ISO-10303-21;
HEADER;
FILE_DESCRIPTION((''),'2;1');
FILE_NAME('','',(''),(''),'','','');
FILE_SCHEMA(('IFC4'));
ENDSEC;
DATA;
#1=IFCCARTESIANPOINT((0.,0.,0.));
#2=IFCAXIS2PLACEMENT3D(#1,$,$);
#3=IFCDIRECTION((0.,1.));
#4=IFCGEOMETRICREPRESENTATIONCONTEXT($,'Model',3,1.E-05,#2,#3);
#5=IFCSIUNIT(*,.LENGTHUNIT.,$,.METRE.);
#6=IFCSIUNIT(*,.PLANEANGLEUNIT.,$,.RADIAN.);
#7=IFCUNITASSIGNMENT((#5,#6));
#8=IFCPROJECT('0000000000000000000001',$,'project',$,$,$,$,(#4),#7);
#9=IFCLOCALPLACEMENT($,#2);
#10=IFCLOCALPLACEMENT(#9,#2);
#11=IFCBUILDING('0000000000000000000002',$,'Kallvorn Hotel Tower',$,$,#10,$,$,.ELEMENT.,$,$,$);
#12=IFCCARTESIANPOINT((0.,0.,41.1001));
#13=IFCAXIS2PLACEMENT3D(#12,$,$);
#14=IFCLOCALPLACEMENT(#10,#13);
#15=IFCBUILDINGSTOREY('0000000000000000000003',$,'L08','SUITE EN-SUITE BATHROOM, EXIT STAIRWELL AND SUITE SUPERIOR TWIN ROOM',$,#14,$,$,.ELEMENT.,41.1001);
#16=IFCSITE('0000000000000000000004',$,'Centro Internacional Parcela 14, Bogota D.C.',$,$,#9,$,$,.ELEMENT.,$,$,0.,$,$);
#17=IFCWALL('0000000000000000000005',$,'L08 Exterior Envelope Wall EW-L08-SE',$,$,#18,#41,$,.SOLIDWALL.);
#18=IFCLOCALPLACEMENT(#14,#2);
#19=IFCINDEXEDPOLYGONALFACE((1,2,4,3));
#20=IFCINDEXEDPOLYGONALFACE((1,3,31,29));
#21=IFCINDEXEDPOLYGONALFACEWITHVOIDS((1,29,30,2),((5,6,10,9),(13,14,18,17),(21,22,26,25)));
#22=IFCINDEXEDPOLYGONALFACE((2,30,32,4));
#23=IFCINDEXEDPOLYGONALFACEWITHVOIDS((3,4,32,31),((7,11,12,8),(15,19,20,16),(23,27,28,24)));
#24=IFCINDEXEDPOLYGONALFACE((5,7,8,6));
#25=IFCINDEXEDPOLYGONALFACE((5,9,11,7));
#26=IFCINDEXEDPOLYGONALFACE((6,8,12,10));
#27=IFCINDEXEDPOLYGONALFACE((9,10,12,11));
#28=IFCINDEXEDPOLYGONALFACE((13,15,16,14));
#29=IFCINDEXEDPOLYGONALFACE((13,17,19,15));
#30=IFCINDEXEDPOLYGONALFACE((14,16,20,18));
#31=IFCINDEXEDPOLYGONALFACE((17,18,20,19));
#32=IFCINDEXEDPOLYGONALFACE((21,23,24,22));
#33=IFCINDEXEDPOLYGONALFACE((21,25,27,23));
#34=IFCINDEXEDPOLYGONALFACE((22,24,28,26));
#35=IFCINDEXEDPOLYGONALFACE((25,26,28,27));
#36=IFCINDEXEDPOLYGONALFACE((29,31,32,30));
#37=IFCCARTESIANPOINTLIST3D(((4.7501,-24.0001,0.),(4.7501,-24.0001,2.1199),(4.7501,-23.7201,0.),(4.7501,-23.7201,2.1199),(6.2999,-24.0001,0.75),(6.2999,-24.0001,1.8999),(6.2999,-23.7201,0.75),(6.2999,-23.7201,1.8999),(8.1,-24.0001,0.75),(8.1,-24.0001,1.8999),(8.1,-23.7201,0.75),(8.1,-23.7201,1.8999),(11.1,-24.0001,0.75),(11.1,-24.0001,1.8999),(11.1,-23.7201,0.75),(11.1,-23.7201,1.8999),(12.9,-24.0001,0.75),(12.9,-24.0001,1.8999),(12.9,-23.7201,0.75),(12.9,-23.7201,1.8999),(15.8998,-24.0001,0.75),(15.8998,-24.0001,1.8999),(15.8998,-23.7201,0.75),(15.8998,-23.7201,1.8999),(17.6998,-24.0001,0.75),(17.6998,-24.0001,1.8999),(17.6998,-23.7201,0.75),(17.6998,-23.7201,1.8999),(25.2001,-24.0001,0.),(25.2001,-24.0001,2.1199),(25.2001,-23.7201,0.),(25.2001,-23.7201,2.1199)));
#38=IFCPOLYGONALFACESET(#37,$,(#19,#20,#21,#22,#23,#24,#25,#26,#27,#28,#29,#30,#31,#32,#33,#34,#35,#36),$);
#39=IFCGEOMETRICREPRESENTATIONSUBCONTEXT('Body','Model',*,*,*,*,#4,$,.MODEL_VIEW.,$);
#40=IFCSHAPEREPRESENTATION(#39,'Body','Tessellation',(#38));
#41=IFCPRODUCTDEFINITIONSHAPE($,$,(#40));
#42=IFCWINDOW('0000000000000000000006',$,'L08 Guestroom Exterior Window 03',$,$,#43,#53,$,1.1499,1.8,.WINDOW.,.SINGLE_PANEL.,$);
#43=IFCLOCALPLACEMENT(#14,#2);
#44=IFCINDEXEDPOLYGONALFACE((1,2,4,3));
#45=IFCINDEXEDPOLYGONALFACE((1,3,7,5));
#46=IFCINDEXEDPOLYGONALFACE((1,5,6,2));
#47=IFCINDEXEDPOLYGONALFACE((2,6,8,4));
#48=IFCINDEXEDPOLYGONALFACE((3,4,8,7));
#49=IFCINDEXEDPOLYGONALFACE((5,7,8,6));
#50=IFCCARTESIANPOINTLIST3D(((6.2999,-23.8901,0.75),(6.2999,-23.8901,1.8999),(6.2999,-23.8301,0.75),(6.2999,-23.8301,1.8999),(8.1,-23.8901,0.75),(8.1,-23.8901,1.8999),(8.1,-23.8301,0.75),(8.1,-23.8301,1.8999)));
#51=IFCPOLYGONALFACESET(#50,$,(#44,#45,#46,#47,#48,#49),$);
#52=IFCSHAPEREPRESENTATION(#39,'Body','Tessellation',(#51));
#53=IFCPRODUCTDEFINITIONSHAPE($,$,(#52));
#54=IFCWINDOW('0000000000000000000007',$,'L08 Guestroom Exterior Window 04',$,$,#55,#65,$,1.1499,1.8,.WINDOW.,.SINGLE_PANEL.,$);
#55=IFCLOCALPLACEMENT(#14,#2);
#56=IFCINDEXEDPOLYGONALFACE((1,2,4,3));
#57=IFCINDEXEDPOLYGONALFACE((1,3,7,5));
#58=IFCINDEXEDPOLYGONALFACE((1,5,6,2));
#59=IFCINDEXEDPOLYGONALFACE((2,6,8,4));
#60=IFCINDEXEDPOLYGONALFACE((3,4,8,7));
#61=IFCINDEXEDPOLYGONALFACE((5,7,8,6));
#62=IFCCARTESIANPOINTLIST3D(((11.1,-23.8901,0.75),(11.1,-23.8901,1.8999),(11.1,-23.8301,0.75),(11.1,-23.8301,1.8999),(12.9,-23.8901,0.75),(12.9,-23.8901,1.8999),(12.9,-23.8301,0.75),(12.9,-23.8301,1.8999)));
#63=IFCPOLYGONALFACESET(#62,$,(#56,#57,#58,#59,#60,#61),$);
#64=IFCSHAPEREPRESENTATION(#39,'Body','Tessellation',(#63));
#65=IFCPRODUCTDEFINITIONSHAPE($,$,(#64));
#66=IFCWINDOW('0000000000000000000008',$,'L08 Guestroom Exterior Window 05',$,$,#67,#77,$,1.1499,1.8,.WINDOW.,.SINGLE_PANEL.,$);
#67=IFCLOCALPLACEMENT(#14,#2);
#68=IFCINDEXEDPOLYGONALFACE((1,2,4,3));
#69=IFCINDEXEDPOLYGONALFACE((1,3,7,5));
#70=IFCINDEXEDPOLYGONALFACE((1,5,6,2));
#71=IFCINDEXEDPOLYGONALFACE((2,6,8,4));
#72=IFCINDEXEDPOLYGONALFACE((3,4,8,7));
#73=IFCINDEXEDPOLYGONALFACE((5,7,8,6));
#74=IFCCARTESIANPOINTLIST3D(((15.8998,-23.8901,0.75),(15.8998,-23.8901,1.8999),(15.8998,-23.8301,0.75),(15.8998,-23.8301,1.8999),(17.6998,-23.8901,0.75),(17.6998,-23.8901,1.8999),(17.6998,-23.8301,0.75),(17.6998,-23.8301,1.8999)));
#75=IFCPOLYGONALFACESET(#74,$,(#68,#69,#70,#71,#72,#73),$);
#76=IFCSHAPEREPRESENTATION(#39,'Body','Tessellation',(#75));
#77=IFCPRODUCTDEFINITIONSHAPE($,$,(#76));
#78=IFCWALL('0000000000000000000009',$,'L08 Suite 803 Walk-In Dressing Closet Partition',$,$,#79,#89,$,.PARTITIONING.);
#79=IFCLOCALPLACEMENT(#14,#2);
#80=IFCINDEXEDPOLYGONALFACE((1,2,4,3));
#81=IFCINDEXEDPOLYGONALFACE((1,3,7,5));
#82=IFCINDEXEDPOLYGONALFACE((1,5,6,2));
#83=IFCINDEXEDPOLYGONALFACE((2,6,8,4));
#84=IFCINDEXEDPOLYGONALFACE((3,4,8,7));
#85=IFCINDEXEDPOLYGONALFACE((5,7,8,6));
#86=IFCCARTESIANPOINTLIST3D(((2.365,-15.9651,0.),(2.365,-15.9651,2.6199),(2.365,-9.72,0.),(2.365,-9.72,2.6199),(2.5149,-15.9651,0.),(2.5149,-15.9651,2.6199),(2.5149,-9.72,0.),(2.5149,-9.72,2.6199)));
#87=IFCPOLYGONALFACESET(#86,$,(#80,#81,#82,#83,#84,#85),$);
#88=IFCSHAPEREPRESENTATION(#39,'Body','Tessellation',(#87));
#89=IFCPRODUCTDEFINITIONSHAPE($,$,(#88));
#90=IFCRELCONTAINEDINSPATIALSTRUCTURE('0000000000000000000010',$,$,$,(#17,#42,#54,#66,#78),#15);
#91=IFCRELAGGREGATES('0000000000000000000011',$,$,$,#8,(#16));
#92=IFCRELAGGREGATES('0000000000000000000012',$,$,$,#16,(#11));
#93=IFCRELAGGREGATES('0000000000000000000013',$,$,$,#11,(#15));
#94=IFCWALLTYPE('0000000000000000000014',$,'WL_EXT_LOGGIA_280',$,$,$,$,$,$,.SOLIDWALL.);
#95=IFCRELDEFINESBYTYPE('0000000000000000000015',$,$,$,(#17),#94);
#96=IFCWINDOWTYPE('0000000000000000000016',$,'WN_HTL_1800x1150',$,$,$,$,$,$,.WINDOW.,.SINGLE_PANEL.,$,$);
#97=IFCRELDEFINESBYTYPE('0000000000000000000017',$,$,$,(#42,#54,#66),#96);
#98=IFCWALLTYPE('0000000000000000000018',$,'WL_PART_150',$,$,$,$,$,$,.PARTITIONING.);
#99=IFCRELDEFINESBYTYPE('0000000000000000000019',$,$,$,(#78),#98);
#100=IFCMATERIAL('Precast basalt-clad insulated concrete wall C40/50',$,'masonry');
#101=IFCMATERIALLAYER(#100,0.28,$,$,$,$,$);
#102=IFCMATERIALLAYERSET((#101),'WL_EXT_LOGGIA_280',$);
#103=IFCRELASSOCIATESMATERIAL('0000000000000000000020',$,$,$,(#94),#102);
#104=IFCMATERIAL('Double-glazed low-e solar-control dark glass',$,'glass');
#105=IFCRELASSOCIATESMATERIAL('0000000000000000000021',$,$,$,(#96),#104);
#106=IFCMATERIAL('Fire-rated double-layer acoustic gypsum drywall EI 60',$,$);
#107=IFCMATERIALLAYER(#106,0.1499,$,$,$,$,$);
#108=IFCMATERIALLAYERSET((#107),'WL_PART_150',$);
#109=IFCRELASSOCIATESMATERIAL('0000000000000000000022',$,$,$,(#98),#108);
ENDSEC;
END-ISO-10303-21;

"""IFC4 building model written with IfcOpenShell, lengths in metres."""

from ifc_helpers import new_model, si_unit, direction, frame, frame_2d, origin, place, context, subcontext, project, spatial, rectangle, extrude, material, layer, layer_set, type_object, element, fill, save


model = new_model("IFC4")

# Units and contexts
model_context = context("Model", 3, precision=1e-05, world=origin(), true_north=direction((0.0, 1.0)))
body_context = subcontext(model_context, "Body", "Model", "MODEL_VIEW")
ifc_project = project(units=[si_unit("LENGTHUNIT", "METRE"), si_unit("PLANEANGLEUNIT", "RADIAN")], contexts=[model_context])

# Site, building, storey
site_placement = place(None, origin())
site = spatial("IfcSite", under=ifc_project, at=site_placement, Name="Centro Internacional Parcela 14, Bogota D.C.", CompositionType="ELEMENT", RefElevation=0.0)
building_placement = place(site_placement, origin())
building = spatial("IfcBuilding", under=site, at=building_placement, Name="Kallvorn Hotel Tower", CompositionType="ELEMENT")
storey_placement = place(building_placement, frame((0.0, 0.0, 41.1001)))
storey = spatial("IfcBuildingStorey", under=building, at=storey_placement, Name="L08", Description="SUITE EN-SUITE BATHROOM, EXIT STAIRWELL AND SUITE SUPERIOR TWIN ROOM", CompositionType="ELEMENT", Elevation=41.1001)

# Wall, openings, windows
ifc_material_1 = material(Name="Precast basalt-clad insulated concrete wall C40/50", Category="masonry")
ifc_layer_1 = layer(ifc_material_1, 0.28)
ifc_layer_set_1 = layer_set([ifc_layer_1], Name="WL_EXT_LOGGIA_280")
wall_type_1 = type_object("IfcWallType", Name="WL_EXT_LOGGIA_280", PredefinedType="SOLIDWALL", material=ifc_layer_set_1)
wall_1_placement = place(storey_placement, frame((4.75, -23.8601, 0.0), z_axis=(0.0, 0.0, 1.0), x_axis=(1.0, 0.0, 0.0)))
wall_1 = element("IfcWall", 1, at=wall_1_placement, inside=storey, type_object=wall_type_1, Name="L08 Exterior Envelope Wall EW-L08-SE", PredefinedType="SOLIDWALL", context=body_context, shape_type="SweptSolid", body=[
    extrude(rectangle(XDim=20.45, YDim=0.28, at=frame_2d((10.2251, 0.0))), origin(), (0.0, 0.0, 1.0), 2.1199),
])
opening_1_placement = place(wall_1_placement, frame((1.55, 0.0, 0.75)))
opening_1 = element("IfcOpeningElement", 2, at=opening_1_placement, cuts=wall_1, PredefinedType="OPENING", context=body_context, shape_type="SweptSolid", body=[
    extrude(rectangle(XDim=1.8, YDim=1.1499, at=frame_2d((0.8999, 0.575))), frame((0.0, 0.155, 0.0), z_axis=(0.0, -1.0, 0.0), x_axis=(1.0, 0.0, 0.0)), (0.0, 0.0, 1.0), 0.3101),
])
opening_2_placement = place(wall_1_placement, frame((6.3501, 0.0, 0.75)))
opening_2 = element("IfcOpeningElement", 3, at=opening_2_placement, cuts=wall_1, PredefinedType="OPENING", context=body_context, shape_type="SweptSolid", body=[
    extrude(rectangle(XDim=1.8, YDim=1.1499, at=frame_2d((0.8999, 0.575))), frame((0.0, 0.155, 0.0), z_axis=(0.0, -1.0, 0.0), x_axis=(1.0, 0.0, 0.0)), (0.0, 0.0, 1.0), 0.3101),
])
opening_3_placement = place(wall_1_placement, frame((11.1499, 0.0, 0.75)))
opening_3 = element("IfcOpeningElement", 4, at=opening_3_placement, cuts=wall_1, PredefinedType="OPENING", context=body_context, shape_type="SweptSolid", body=[
    extrude(rectangle(XDim=1.8, YDim=1.1499, at=frame_2d((0.8999, 0.575))), frame((0.0, 0.155, 0.0), z_axis=(0.0, -1.0, 0.0), x_axis=(1.0, 0.0, 0.0)), (0.0, 0.0, 1.0), 0.3101),
])
ifc_material_2 = material(Name="Double-glazed low-e solar-control dark glass", Category="glass")
window_type = type_object("IfcWindowType", Name="WN_HTL_1800x1150", PartitioningType="SINGLE_PANEL", PredefinedType="WINDOW", material=ifc_material_2)
window_1_placement = place(opening_1_placement, origin())
window_1 = element("IfcWindow", 5, at=window_1_placement, inside=storey, type_object=window_type, Name="L08 Guestroom Exterior Window 03", OverallHeight=1.1499, OverallWidth=1.8, PartitioningType="SINGLE_PANEL", PredefinedType="WINDOW", context=body_context, shape_type="SweptSolid", body=[
    extrude(rectangle(XDim=1.8, YDim=1.1499, at=frame_2d((0.8999, 0.575))), frame((0.0, 0.03, 0.0), z_axis=(0.0, -1.0, 0.0), x_axis=(1.0, 0.0, 0.0)), (0.0, 0.0, 1.0), 0.0601),
])
fill(opening_1, window_1)
window_2_placement = place(opening_2_placement, origin())
window_2 = element("IfcWindow", 6, at=window_2_placement, inside=storey, type_object=window_type, Name="L08 Guestroom Exterior Window 04", OverallHeight=1.1499, OverallWidth=1.8, PartitioningType="SINGLE_PANEL", PredefinedType="WINDOW", context=body_context, shape_type="SweptSolid", body=[
    extrude(rectangle(XDim=1.8, YDim=1.1499, at=frame_2d((0.8999, 0.575))), frame((0.0, 0.03, 0.0), z_axis=(0.0, -1.0, 0.0), x_axis=(1.0, 0.0, 0.0)), (0.0, 0.0, 1.0), 0.0601),
])
fill(opening_2, window_2)
window_3_placement = place(opening_3_placement, origin())
window_3 = element("IfcWindow", 7, at=window_3_placement, inside=storey, type_object=window_type, Name="L08 Guestroom Exterior Window 05", OverallHeight=1.1499, OverallWidth=1.8, PartitioningType="SINGLE_PANEL", PredefinedType="WINDOW", context=body_context, shape_type="SweptSolid", body=[
    extrude(rectangle(XDim=1.8, YDim=1.1499, at=frame_2d((0.8999, 0.575))), frame((0.0, 0.03, 0.0), z_axis=(0.0, -1.0, 0.0), x_axis=(1.0, 0.0, 0.0)), (0.0, 0.0, 1.0), 0.0601),
])
fill(opening_3, window_3)

# Wall
ifc_material_3 = material(Name="Fire-rated double-layer acoustic gypsum drywall EI 60")
ifc_layer_2 = layer(ifc_material_3, 0.1499)
ifc_layer_set_2 = layer_set([ifc_layer_2], Name="WL_PART_150")
wall_type_2 = type_object("IfcWallType", Name="WL_PART_150", PredefinedType="PARTITIONING", material=ifc_layer_set_2)
wall_2_placement = place(storey_placement, frame((2.4399, -15.9651, 0.0), z_axis=(0.0, 0.0, 1.0), x_axis=(0.0, 1.0, 0.0)))
element("IfcWall", 8, at=wall_2_placement, inside=storey, type_object=wall_type_2, Name="L08 Suite 803 Walk-In Dressing Closet Partition", PredefinedType="PARTITIONING", context=body_context, shape_type="SweptSolid", body=[
    extrude(rectangle(XDim=6.2451, YDim=0.1499, at=frame_2d((3.1226, 0.0))), origin(), (0.0, 0.0, 1.0), 2.6199),
])

save(model, "model.ifc")
